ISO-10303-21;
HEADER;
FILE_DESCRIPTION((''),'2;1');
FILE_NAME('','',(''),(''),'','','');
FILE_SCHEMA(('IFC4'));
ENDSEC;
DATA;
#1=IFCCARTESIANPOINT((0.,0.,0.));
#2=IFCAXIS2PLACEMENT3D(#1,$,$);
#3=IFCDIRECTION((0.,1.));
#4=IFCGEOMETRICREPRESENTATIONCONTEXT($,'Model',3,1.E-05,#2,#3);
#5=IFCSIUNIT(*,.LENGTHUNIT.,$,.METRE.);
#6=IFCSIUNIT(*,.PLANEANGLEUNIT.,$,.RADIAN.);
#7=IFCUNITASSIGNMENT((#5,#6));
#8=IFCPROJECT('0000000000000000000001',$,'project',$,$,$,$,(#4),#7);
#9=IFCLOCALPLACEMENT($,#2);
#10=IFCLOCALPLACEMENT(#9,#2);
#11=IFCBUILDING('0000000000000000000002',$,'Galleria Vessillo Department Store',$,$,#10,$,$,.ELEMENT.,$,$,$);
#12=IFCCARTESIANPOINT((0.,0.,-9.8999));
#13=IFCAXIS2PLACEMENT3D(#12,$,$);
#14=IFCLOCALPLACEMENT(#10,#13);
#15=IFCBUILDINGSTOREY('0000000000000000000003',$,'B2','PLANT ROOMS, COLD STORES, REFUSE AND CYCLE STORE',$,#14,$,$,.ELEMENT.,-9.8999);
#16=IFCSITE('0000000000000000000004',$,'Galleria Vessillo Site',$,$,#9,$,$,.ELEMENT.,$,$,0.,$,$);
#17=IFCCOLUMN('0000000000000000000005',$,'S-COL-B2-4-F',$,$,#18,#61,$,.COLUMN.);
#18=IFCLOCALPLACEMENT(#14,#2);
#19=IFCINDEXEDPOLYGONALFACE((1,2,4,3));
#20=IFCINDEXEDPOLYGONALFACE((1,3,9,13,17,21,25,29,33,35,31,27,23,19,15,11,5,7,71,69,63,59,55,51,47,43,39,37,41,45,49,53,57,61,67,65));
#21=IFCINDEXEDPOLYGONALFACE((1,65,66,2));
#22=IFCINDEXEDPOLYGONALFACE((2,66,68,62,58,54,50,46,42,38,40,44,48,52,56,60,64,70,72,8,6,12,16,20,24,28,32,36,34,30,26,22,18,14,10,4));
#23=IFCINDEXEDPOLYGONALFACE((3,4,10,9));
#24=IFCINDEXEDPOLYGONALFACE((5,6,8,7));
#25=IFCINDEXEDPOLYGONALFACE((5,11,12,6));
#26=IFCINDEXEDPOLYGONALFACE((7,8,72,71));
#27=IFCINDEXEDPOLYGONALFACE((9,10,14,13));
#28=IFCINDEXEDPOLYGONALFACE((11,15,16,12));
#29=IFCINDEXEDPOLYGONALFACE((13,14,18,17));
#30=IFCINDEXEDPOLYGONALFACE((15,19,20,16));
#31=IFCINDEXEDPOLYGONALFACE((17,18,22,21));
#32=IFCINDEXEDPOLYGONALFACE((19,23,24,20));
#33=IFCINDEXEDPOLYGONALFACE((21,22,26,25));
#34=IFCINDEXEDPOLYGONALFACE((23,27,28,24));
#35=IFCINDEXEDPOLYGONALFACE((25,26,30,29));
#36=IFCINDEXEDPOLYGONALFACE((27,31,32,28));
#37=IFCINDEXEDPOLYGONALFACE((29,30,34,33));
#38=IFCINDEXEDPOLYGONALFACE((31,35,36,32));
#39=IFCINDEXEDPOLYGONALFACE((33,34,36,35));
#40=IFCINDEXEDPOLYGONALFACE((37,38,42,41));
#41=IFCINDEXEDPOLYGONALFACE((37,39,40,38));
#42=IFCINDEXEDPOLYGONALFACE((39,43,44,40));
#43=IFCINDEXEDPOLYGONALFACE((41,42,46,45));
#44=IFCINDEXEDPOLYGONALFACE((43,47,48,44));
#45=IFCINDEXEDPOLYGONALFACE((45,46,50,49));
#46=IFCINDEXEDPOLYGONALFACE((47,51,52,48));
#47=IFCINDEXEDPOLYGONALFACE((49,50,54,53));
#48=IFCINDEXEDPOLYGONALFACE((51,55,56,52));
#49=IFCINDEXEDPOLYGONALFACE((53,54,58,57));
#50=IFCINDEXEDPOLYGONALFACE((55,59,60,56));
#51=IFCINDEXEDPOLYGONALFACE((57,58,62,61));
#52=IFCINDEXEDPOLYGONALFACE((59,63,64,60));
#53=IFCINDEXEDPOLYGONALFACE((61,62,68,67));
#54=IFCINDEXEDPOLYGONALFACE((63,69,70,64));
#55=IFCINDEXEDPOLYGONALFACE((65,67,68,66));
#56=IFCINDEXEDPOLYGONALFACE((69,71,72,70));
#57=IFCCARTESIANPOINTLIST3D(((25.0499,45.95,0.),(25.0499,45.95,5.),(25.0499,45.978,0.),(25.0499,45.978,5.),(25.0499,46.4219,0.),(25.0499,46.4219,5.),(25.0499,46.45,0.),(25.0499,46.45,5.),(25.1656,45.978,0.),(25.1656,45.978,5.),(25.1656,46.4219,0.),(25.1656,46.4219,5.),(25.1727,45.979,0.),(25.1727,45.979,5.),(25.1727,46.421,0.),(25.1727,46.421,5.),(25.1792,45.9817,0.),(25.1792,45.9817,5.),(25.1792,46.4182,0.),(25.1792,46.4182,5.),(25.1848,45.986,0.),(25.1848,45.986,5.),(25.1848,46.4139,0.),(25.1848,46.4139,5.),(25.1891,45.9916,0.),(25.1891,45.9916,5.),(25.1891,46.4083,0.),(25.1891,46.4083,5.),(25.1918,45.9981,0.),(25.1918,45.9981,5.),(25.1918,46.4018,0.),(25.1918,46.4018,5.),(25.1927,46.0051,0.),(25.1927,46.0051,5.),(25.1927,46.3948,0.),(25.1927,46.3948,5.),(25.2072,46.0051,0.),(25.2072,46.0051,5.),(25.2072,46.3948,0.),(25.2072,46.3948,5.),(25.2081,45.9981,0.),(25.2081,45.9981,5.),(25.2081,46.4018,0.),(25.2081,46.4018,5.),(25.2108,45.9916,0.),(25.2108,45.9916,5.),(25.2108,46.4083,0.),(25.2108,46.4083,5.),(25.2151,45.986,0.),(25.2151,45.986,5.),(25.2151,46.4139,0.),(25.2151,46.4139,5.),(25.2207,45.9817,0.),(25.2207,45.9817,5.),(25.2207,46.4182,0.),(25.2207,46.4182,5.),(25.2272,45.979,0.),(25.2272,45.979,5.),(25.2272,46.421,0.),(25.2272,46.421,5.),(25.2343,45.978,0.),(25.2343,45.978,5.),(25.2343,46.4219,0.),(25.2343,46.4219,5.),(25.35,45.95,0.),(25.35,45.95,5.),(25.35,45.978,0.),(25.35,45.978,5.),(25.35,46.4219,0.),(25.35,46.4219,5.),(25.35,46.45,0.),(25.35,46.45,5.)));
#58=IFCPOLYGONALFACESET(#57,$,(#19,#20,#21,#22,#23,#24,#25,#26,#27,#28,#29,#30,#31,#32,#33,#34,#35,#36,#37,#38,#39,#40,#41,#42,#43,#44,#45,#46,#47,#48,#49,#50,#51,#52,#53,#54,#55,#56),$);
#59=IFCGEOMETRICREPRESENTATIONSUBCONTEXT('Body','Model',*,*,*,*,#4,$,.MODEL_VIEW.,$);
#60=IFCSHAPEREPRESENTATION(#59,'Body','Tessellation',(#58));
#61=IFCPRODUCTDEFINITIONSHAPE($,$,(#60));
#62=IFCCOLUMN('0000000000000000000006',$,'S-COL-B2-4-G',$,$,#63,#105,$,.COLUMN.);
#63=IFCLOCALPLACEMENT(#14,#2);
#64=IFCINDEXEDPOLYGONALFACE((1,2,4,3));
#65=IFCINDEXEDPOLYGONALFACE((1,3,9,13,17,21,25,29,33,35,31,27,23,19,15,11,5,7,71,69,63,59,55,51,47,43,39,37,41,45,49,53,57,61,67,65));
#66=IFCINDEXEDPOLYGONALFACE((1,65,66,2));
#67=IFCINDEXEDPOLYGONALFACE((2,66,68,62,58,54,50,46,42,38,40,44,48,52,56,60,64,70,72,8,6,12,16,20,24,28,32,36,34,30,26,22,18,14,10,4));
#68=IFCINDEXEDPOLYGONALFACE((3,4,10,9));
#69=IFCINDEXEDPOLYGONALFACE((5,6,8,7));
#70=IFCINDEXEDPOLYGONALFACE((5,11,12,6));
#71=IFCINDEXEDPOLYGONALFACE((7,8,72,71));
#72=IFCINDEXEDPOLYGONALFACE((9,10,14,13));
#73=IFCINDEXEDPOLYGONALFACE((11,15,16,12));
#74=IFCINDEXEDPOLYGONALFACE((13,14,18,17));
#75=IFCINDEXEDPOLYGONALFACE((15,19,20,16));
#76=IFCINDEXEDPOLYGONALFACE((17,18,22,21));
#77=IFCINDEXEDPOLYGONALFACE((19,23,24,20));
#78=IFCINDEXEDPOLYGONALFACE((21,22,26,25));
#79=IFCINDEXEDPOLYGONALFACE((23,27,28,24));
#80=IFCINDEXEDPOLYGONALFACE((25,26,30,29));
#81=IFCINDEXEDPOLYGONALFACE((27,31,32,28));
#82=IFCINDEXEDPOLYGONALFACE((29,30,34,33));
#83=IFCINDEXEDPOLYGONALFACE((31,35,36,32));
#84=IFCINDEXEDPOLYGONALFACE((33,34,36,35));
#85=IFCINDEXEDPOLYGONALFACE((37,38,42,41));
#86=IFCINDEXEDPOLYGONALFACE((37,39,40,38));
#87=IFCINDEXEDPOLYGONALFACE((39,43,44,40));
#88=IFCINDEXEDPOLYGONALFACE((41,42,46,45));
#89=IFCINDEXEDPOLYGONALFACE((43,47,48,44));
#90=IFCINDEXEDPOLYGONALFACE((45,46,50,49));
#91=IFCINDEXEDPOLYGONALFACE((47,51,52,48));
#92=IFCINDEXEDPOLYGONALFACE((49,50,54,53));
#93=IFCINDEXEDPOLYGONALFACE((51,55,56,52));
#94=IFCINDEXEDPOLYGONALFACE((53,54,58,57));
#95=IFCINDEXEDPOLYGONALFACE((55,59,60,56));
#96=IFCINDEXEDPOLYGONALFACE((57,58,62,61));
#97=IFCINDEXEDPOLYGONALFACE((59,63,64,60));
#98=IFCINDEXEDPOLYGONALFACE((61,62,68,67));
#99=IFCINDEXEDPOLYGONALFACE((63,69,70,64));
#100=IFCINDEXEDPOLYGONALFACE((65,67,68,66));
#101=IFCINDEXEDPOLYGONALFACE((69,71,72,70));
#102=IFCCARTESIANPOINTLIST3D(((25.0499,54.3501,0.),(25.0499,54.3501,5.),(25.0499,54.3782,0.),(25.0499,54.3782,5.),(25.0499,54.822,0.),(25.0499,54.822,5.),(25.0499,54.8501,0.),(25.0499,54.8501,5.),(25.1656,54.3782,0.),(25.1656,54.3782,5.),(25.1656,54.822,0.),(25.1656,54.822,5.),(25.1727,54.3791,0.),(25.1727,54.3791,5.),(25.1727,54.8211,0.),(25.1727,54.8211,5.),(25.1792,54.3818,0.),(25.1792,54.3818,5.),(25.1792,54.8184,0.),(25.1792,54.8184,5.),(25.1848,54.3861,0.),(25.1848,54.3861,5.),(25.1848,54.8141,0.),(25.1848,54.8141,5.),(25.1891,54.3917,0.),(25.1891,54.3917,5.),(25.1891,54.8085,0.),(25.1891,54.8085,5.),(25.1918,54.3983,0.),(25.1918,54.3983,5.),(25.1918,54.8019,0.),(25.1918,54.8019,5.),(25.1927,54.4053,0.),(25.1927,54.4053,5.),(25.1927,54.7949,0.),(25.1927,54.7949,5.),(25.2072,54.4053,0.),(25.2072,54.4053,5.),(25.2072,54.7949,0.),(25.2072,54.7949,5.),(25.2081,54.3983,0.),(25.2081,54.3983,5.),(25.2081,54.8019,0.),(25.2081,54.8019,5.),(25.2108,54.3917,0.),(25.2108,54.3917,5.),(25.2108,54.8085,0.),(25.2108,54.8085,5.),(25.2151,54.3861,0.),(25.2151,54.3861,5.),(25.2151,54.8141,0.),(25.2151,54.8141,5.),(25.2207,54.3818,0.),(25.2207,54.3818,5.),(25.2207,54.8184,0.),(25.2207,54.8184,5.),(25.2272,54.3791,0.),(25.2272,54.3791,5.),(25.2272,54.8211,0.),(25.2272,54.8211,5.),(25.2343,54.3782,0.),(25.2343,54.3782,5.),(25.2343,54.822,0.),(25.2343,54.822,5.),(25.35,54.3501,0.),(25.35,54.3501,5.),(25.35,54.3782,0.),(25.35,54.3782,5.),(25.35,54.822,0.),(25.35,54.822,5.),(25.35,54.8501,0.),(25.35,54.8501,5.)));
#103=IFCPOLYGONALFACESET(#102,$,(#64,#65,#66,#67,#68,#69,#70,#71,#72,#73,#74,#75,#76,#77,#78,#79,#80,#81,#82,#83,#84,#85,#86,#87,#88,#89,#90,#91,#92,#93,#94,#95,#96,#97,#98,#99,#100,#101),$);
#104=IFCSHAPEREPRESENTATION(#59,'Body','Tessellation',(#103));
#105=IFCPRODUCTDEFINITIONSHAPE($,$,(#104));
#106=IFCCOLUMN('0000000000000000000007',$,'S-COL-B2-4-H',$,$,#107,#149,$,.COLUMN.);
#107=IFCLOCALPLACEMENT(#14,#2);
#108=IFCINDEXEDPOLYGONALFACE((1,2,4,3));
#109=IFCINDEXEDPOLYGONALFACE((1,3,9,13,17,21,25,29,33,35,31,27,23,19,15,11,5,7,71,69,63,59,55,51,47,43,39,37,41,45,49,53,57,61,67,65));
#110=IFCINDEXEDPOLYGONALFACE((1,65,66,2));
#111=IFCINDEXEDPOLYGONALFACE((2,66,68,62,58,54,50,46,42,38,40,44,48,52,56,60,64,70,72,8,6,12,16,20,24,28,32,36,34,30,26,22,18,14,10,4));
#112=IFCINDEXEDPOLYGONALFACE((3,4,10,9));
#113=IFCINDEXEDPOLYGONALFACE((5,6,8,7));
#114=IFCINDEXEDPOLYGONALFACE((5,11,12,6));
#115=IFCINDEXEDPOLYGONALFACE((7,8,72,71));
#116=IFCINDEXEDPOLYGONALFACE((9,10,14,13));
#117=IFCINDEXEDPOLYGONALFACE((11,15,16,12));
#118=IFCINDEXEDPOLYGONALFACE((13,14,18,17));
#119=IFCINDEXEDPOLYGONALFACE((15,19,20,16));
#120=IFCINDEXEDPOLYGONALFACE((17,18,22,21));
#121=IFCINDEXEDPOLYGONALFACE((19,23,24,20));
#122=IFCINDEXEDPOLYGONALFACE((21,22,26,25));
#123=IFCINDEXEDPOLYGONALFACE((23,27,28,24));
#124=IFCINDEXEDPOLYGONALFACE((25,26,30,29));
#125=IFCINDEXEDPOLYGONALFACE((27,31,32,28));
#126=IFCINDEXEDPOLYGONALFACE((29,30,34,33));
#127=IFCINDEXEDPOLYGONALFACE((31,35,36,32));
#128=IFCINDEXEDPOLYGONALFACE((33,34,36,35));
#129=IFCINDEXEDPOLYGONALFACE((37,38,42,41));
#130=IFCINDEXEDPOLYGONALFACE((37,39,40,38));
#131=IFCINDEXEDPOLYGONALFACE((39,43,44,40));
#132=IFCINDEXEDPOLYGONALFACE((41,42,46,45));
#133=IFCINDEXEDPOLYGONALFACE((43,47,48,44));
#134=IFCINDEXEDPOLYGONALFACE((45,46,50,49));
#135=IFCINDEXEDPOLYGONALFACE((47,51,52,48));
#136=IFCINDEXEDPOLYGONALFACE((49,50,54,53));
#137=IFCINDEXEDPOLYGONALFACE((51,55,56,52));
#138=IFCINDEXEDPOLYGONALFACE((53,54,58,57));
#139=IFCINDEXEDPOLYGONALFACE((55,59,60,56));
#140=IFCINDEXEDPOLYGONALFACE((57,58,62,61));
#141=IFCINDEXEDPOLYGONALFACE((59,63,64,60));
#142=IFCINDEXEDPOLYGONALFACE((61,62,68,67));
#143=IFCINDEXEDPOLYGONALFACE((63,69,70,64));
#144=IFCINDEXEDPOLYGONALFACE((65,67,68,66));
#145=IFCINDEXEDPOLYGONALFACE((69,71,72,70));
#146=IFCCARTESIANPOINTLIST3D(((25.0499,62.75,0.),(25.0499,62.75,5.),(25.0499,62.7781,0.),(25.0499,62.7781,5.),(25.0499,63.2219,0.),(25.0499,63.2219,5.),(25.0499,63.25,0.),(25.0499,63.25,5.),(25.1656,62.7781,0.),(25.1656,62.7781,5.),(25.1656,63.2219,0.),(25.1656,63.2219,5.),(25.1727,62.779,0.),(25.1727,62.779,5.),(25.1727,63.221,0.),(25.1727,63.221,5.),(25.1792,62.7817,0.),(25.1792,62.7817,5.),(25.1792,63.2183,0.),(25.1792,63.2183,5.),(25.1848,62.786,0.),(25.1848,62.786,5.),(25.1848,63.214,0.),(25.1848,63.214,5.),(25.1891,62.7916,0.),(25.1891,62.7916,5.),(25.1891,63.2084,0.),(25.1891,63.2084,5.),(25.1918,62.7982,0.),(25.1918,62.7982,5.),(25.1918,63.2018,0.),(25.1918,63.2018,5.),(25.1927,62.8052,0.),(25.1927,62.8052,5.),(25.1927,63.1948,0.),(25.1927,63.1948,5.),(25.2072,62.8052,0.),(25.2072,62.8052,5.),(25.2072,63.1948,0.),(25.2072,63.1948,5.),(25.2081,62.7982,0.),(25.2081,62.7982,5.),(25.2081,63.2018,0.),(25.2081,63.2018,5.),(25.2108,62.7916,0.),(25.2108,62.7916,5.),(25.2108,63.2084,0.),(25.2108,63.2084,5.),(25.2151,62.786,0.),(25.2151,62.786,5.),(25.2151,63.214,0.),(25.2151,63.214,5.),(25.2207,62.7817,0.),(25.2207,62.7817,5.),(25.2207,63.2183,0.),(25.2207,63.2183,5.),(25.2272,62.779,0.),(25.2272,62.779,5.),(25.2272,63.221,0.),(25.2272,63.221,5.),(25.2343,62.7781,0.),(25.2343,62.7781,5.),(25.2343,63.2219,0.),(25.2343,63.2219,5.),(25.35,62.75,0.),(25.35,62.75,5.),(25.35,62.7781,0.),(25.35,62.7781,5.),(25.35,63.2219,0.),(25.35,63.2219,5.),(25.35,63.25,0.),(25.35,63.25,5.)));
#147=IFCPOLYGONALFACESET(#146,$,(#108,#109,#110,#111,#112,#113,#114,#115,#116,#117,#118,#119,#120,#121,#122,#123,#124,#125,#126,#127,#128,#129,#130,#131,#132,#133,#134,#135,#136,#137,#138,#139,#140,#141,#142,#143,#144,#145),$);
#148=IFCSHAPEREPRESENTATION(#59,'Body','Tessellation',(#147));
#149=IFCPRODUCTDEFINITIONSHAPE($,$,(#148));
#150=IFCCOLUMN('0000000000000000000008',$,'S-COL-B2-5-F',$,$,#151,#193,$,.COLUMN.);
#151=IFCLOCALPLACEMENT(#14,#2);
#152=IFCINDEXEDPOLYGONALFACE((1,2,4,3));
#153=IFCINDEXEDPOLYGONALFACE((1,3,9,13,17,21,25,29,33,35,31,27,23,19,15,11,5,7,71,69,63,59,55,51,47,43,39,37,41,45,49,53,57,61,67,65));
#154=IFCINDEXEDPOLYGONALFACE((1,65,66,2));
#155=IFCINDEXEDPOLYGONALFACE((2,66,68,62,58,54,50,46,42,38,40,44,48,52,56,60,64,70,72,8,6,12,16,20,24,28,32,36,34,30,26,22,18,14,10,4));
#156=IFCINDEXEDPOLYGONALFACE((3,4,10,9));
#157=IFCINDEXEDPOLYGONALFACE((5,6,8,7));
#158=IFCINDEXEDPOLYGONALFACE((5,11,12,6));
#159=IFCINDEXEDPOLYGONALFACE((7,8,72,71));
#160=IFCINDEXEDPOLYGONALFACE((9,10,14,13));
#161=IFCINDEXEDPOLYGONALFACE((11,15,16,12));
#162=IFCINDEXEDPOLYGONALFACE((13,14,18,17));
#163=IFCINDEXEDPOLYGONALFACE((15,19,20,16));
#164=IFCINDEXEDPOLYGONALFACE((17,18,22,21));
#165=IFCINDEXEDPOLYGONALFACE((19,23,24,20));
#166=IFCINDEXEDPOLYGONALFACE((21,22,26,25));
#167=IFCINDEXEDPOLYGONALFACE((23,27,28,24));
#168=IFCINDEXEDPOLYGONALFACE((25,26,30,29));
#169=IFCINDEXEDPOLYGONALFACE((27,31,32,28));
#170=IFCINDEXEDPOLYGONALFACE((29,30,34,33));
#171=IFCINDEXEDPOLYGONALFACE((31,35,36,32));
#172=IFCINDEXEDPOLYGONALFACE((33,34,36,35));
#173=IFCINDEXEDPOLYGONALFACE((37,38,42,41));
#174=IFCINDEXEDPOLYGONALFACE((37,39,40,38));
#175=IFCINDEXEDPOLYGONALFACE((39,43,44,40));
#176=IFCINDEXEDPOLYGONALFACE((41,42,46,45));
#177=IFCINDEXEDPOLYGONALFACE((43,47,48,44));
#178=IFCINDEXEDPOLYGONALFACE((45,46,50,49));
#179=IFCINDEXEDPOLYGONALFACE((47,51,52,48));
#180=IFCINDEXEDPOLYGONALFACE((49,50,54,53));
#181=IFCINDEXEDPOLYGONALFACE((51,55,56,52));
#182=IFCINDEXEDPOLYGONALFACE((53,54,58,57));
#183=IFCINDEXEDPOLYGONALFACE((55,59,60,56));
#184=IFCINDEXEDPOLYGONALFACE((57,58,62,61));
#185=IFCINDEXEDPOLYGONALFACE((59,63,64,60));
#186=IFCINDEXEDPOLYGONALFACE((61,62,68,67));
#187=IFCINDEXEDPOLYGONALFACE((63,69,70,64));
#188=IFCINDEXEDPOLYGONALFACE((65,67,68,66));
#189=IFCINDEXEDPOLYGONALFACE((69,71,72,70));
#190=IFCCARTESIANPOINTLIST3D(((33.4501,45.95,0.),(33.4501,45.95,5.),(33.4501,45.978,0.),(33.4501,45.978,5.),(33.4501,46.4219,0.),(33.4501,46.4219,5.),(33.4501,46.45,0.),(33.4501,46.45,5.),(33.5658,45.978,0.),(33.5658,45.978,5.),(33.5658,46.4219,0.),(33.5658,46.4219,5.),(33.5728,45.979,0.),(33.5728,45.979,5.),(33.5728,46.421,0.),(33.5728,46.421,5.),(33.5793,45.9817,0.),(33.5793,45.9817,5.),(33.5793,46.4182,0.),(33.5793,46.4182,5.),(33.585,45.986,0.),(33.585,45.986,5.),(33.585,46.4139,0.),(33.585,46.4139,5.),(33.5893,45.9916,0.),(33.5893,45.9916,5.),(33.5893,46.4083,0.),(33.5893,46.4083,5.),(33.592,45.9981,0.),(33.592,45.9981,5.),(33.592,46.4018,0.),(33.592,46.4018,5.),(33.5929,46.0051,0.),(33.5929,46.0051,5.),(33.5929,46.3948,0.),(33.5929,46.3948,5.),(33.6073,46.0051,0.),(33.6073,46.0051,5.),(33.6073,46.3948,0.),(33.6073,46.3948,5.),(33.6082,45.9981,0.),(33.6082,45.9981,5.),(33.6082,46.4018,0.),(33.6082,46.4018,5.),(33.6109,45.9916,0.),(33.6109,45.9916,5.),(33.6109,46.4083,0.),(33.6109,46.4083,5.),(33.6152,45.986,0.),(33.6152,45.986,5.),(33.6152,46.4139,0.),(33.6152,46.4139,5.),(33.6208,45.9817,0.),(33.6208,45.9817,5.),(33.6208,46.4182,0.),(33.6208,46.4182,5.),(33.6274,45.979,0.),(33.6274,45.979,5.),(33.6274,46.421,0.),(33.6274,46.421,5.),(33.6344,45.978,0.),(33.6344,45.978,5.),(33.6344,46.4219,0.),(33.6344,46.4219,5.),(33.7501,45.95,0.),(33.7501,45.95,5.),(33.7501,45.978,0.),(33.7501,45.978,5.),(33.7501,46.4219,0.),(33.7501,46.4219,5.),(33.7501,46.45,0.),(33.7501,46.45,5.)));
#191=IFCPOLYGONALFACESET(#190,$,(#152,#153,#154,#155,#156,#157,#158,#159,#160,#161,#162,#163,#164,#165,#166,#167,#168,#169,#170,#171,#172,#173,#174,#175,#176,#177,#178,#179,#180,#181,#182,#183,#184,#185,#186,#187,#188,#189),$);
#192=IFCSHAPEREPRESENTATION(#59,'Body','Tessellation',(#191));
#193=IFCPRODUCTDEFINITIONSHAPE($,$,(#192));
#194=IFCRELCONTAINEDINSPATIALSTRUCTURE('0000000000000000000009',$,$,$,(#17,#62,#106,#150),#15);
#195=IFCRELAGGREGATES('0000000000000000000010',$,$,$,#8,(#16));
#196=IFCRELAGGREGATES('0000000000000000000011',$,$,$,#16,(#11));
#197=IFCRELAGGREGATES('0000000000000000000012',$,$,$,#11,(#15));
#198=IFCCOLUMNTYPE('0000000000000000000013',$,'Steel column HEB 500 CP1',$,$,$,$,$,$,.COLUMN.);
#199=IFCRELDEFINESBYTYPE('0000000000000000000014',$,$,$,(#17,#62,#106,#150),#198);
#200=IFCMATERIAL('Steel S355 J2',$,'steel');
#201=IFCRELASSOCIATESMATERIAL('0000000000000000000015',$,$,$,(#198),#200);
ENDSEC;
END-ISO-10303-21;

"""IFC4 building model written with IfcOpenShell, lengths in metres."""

from ifc_helpers import new_model, si_unit, direction, frame, origin, origin_2d, place, context, subcontext, project, spatial, i_section, extrude, material, material_profile, profile_set, type_object, element, save


model = new_model("IFC4")

# Units and contexts
model_context = context("Model", 3, precision=1e-05, world=origin(), true_north=direction((0.0, 1.0)))
body_context = subcontext(model_context, "Body", "Model", "MODEL_VIEW")
ifc_project = project(units=[si_unit("LENGTHUNIT", "METRE"), si_unit("PLANEANGLEUNIT", "RADIAN")], contexts=[model_context])

# Site, building, storey
site_placement = place(None, origin())
site = spatial("IfcSite", under=ifc_project, at=site_placement, Name="Galleria Vessillo Site", CompositionType="ELEMENT", RefElevation=0.0)
building_placement = place(site_placement, origin())
building = spatial("IfcBuilding", under=site, at=building_placement, Name="Galleria Vessillo Department Store", CompositionType="ELEMENT")
storey_placement = place(building_placement, frame((0.0, 0.0, -9.8999)))
storey = spatial("IfcBuildingStorey", under=building, at=storey_placement, Name="B2", Description="PLANT ROOMS, COLD STORES, REFUSE AND CYCLE STORE", CompositionType="ELEMENT", Elevation=-9.8999)

# Columns
ifc_material_1 = material(Name="Steel S355 J2", Category="steel")
ifc_material_profile_1 = material_profile(ifc_material_1, i_section(OverallWidth=0.3, OverallDepth=0.5, WebThickness=0.0144, FlangeThickness=0.0281, FilletRadius=0.0271, at=origin_2d()), Name="HEB 500")
ifc_profile_set_1 = profile_set([ifc_material_profile_1], Name="Steel S355 J2")
column_type = type_object("IfcColumnType", Name="Steel column HEB 500 CP1", PredefinedType="COLUMN", material=ifc_profile_set_1)
for number, where, z_axis, x_axis, name in (
    (1, (25.2, 46.2, 0.0), (0.0, 0.0, 1.0), (1.0, 0.0, 0.0), "S-COL-B2-4-F"),
    (2, (25.2, 54.6001, 0.0), (0.0, 0.0, 1.0), (1.0, 0.0, 0.0), "S-COL-B2-4-G"),
    (3, (25.2, 63.0, 0.0), (0.0, 0.0, 1.0), (1.0, 0.0, 0.0), "S-COL-B2-4-H"),
    (4, (33.6001, 46.2, 0.0), (0.0, 0.0, 1.0), (1.0, 0.0, 0.0), "S-COL-B2-5-F"),
):
    element("IfcColumn", number, at=place(storey_placement, frame(where, z_axis=z_axis, x_axis=x_axis)), inside=storey, type_object=column_type, Name=name, PredefinedType="COLUMN", context=body_context, shape_type="SweptSolid", body=[
        extrude(i_section(OverallWidth=0.3, OverallDepth=0.5, WebThickness=0.0144, FlangeThickness=0.0281, FilletRadius=0.0271, at=origin_2d()), origin(), (0.0, 0.0, 1.0), 5.0),
    ])

save(model, "model.ifc")
